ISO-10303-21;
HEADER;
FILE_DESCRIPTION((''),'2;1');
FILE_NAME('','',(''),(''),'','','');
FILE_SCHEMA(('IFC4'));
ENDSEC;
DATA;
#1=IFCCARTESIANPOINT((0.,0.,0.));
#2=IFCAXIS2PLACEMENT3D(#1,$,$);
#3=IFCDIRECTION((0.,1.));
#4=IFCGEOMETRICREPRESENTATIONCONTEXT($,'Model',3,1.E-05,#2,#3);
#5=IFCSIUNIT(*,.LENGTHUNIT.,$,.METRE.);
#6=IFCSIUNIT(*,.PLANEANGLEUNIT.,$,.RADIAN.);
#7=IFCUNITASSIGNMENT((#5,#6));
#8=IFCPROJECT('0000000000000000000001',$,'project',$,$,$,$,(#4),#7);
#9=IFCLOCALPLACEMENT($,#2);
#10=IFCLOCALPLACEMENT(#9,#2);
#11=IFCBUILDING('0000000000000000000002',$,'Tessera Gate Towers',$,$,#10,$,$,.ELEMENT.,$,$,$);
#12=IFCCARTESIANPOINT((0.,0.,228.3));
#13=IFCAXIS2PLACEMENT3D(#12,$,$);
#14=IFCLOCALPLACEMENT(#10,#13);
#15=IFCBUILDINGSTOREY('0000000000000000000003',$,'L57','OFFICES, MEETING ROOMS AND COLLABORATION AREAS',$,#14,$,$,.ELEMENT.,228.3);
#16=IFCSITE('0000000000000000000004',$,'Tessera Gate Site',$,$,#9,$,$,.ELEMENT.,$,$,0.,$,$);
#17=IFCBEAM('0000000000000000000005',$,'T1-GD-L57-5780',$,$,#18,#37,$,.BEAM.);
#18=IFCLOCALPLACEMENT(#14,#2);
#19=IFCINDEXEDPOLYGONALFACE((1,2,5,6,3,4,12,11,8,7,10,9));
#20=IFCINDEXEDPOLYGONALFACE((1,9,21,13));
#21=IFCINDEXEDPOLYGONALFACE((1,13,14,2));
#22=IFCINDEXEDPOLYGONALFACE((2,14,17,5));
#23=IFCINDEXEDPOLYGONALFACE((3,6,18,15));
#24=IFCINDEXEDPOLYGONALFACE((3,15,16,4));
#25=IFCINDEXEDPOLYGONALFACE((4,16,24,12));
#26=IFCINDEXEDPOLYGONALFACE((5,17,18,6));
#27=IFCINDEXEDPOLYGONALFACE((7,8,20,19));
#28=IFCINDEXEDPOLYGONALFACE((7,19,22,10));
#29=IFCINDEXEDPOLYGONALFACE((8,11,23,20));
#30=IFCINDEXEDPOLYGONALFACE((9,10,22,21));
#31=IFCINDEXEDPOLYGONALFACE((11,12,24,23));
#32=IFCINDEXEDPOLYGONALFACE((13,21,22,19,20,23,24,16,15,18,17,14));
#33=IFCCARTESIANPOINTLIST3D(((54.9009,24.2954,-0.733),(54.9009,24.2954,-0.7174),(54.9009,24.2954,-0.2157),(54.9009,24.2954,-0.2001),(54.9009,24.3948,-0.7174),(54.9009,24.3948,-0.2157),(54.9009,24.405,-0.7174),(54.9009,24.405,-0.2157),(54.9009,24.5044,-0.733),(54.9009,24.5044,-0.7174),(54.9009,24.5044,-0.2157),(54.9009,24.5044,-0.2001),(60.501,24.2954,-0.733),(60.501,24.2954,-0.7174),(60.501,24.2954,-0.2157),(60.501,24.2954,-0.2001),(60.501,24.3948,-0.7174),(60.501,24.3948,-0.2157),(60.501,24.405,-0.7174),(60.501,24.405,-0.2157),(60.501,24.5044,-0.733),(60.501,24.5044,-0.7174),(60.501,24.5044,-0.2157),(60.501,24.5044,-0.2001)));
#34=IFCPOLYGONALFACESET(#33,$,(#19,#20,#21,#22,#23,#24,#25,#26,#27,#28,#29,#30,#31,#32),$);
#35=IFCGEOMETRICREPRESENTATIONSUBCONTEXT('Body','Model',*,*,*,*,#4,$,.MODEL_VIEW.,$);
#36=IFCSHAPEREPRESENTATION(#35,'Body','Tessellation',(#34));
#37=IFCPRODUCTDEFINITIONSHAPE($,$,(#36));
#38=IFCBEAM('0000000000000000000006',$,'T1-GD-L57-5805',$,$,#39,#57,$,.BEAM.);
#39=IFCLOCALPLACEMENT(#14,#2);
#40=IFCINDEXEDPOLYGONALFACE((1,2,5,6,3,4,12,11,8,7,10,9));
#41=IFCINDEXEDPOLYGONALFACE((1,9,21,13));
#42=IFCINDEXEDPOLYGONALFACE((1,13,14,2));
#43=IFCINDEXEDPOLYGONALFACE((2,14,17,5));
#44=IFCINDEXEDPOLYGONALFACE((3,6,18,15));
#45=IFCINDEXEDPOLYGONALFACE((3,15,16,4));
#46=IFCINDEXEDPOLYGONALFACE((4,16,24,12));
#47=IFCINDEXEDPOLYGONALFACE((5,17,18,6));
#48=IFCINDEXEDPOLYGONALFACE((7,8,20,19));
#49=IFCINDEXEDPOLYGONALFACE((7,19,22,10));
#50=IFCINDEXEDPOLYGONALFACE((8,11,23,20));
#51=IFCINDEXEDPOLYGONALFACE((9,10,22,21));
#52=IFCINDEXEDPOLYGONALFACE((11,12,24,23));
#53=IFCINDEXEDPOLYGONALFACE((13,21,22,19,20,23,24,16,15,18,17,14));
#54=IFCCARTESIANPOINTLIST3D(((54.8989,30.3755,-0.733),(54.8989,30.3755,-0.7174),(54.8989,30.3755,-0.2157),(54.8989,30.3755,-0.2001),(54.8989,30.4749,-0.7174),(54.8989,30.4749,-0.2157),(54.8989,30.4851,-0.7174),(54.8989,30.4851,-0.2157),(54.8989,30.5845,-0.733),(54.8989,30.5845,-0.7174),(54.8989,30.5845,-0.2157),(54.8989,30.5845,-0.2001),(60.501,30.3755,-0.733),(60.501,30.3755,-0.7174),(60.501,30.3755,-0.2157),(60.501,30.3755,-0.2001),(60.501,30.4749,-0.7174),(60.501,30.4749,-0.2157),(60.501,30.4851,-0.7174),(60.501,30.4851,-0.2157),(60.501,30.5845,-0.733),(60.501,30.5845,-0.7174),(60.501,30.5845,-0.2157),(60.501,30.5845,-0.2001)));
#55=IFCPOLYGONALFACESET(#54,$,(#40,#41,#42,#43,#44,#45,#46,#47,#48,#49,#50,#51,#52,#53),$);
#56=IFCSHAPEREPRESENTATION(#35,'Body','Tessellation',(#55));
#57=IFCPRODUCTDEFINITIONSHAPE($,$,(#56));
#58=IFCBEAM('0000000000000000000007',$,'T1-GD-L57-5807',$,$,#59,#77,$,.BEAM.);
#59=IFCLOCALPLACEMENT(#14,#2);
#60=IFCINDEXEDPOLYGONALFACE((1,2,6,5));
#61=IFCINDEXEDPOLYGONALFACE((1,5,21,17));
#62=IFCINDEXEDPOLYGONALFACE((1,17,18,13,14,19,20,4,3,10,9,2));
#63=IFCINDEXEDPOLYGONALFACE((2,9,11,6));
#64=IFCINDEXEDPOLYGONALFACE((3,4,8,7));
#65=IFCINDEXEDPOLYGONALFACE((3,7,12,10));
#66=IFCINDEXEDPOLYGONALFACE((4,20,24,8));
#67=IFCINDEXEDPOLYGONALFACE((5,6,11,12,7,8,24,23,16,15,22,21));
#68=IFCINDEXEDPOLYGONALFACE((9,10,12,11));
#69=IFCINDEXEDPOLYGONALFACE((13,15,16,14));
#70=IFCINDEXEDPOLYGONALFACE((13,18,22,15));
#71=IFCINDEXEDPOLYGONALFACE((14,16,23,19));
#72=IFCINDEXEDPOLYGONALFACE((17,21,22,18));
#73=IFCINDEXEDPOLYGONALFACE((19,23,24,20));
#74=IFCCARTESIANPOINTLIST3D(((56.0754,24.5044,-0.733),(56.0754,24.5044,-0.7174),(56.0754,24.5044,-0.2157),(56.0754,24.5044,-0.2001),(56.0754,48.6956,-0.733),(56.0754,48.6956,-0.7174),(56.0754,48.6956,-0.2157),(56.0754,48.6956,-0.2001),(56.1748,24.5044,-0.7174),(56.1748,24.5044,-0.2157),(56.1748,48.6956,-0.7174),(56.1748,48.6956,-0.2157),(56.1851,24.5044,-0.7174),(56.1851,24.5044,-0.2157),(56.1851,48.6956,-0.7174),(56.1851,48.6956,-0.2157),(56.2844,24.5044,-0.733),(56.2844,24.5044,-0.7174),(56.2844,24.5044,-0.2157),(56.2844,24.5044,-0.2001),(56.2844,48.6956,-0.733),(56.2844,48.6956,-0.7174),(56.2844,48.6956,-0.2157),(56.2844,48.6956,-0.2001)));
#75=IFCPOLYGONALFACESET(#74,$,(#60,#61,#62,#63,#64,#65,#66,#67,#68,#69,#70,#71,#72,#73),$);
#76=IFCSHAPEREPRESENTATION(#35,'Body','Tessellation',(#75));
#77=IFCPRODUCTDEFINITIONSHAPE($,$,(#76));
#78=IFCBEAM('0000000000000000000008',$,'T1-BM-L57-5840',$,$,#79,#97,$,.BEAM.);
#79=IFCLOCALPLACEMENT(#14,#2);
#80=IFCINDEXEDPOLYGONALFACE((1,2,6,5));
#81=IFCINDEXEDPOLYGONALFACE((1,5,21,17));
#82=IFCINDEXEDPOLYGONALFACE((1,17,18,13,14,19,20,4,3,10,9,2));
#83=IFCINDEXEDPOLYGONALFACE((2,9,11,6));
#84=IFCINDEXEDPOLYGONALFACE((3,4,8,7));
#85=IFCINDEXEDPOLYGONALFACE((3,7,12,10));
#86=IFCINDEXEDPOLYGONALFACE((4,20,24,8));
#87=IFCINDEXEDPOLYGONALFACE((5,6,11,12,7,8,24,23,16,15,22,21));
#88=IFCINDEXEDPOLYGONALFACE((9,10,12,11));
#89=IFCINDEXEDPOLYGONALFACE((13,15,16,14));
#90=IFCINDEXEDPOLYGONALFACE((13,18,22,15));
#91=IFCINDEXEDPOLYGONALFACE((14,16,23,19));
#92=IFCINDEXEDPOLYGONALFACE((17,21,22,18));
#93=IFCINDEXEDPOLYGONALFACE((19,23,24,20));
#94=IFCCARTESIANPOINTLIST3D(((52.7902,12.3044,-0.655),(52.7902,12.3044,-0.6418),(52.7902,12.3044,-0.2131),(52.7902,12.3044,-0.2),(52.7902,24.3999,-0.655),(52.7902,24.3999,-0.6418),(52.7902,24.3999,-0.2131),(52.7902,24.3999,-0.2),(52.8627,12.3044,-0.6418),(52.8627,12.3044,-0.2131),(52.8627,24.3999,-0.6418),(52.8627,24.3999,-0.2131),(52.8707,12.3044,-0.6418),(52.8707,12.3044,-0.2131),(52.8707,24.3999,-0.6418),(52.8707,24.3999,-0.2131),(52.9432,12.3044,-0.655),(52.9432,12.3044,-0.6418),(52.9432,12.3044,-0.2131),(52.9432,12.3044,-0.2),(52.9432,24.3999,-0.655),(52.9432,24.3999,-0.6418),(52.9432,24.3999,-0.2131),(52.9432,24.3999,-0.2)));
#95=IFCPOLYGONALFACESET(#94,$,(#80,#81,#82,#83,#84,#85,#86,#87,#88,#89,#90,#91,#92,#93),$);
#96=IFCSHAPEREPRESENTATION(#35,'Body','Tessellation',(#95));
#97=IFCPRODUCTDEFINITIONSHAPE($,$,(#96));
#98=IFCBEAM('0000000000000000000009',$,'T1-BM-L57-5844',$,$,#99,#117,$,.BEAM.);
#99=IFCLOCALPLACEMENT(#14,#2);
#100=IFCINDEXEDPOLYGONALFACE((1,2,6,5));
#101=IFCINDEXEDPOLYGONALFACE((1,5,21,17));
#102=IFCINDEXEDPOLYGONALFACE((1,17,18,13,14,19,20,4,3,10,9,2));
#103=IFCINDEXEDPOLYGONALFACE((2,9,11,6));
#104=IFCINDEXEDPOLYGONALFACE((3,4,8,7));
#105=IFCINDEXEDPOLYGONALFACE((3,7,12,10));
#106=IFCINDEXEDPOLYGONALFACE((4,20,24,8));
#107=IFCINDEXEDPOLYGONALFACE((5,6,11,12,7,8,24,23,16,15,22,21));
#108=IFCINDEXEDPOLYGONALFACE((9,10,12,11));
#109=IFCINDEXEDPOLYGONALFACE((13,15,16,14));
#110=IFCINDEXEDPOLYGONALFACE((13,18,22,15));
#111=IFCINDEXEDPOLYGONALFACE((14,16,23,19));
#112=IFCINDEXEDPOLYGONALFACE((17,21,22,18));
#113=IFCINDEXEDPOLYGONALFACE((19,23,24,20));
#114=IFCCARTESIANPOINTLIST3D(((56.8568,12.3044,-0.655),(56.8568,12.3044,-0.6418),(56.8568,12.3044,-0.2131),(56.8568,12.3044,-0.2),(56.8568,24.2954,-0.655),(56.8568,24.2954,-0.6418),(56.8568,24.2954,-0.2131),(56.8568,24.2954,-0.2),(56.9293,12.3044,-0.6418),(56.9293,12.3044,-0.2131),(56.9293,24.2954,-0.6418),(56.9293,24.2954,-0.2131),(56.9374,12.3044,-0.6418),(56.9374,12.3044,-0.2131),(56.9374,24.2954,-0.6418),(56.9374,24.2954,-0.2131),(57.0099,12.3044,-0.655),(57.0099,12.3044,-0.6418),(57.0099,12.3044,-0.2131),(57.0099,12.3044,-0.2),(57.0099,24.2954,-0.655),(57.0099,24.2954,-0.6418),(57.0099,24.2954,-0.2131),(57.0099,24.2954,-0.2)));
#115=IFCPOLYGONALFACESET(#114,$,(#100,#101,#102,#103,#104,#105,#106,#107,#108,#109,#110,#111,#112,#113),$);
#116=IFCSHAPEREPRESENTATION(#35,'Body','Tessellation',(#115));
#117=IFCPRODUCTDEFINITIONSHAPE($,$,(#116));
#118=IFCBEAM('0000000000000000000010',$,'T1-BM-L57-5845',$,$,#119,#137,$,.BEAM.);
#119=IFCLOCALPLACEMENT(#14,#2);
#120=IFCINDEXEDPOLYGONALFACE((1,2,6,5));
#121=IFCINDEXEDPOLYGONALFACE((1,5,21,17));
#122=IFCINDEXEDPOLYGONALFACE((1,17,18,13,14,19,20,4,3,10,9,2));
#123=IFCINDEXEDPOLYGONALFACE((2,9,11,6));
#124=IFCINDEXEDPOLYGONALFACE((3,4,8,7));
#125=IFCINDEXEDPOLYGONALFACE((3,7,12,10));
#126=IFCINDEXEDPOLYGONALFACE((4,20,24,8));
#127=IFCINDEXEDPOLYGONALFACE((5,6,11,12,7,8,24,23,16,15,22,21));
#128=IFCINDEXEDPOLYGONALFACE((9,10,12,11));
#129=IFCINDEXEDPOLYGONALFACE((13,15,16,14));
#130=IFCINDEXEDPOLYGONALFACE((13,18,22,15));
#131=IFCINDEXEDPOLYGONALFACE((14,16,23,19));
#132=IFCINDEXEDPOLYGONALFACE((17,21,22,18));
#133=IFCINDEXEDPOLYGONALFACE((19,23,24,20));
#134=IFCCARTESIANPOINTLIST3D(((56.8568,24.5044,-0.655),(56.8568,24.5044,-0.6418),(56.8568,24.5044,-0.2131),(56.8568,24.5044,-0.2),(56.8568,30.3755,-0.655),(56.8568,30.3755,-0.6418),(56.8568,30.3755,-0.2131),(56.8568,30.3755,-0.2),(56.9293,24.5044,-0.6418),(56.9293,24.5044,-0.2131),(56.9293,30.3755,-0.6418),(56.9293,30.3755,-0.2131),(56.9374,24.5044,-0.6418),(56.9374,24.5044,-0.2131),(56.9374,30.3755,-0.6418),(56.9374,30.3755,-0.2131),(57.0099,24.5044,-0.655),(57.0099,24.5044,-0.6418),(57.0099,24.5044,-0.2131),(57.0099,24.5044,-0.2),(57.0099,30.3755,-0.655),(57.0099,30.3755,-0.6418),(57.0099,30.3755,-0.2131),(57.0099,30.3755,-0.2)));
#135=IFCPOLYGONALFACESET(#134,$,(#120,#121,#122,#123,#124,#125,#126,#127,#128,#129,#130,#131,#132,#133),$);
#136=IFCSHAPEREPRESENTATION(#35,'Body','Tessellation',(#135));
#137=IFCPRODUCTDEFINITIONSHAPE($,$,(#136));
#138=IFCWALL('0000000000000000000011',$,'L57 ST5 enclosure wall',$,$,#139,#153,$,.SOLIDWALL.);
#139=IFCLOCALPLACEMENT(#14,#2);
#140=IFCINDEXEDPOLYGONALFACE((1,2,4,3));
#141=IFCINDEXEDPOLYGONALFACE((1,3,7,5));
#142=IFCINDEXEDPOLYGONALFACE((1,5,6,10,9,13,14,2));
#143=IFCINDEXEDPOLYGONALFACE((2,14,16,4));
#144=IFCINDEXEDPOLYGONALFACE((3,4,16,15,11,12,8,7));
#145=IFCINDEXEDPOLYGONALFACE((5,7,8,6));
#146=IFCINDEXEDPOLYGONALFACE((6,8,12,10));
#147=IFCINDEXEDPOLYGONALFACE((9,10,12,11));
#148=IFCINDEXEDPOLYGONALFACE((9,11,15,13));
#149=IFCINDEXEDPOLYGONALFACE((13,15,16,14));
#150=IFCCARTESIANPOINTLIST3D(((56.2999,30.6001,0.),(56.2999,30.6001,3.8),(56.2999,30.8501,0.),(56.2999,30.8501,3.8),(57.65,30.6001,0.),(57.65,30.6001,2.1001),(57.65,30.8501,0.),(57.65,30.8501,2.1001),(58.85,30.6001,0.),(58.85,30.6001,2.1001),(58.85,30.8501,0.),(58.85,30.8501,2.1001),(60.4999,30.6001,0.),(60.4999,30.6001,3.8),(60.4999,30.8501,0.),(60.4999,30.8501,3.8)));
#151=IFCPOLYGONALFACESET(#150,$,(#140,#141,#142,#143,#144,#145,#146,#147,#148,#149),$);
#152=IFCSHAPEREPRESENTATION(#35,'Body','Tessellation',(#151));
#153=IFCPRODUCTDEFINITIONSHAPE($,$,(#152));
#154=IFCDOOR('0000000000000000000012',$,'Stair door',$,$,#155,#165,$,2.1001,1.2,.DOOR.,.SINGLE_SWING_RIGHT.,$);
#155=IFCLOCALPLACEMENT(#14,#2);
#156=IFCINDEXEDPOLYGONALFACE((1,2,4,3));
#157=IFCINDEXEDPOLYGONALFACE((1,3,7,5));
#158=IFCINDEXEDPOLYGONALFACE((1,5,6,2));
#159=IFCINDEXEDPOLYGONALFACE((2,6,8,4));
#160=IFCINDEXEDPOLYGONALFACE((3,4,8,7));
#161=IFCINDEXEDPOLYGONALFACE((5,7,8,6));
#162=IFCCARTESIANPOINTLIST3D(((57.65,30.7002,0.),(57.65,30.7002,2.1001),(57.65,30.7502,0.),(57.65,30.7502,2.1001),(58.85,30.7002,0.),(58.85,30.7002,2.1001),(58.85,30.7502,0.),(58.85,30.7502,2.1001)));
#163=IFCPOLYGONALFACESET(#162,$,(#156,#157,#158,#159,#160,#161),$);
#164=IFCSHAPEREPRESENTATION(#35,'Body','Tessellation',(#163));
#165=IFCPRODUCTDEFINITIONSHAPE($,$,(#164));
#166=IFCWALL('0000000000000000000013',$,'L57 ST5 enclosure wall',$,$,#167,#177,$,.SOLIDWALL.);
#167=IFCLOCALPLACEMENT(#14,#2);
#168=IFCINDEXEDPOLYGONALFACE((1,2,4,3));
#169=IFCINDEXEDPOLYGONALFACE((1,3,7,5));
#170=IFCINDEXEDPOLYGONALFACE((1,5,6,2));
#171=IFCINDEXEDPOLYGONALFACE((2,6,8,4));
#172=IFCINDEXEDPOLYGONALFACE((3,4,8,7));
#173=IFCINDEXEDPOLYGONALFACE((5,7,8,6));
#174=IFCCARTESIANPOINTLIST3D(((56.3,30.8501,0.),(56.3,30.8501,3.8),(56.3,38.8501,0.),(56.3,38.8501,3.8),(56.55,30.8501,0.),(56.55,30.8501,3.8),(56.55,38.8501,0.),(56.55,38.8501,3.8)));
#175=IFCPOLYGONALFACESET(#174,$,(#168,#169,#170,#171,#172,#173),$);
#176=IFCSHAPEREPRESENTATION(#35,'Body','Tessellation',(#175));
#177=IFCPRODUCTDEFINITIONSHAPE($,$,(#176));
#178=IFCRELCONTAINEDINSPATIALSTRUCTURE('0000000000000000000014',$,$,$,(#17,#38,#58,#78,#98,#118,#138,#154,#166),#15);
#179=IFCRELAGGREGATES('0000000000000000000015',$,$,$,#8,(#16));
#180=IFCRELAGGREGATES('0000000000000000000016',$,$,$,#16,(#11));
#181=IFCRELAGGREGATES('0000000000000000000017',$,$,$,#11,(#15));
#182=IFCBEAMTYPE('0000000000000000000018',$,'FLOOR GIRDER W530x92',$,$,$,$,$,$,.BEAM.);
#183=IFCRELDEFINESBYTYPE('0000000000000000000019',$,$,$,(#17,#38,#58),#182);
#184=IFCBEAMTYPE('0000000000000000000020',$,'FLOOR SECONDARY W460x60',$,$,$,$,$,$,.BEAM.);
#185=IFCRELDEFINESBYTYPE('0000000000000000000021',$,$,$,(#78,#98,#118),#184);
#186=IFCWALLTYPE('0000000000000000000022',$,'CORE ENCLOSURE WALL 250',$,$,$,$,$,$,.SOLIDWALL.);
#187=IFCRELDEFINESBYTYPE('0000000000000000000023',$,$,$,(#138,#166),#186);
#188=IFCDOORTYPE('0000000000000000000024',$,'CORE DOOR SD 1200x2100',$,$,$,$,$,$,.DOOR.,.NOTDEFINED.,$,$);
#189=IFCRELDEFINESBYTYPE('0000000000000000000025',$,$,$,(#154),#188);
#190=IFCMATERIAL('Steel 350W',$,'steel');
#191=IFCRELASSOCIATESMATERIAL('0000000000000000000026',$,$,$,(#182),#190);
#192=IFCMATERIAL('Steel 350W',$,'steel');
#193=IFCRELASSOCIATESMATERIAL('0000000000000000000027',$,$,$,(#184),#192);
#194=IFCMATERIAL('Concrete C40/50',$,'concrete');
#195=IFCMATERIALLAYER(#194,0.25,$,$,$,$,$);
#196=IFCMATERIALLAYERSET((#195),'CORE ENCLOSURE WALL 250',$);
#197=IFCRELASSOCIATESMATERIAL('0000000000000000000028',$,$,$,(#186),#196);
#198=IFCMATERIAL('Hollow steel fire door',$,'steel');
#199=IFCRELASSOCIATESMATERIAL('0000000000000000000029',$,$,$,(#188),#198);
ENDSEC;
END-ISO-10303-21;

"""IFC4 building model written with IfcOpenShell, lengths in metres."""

from ifc_helpers import new_model, si_unit, direction, frame, frame_2d, origin, origin_2d, place, context, subcontext, project, spatial, rectangle, i_section, extrude, source, transform, mapped, material, layer, layer_set, material_profile, profile_set, type_object, element, fill, save


model = new_model("IFC4")

# Units and contexts
model_context = context("Model", 3, precision=1e-05, world=origin(), true_north=direction((0.0, 1.0)))
body_context = subcontext(model_context, "Body", "Model", "MODEL_VIEW")
ifc_project = project(units=[si_unit("LENGTHUNIT", "METRE"), si_unit("PLANEANGLEUNIT", "RADIAN")], contexts=[model_context])

# Site, building, storey
site_placement = place(None, origin())
site = spatial("IfcSite", under=ifc_project, at=site_placement, Name="Tessera Gate Site", CompositionType="ELEMENT", RefElevation=0.0)
building_placement = place(site_placement, origin())
building = spatial("IfcBuilding", under=site, at=building_placement, Name="Tessera Gate Towers", CompositionType="ELEMENT")
storey_placement = place(building_placement, frame((0.0, 0.0, 228.3)))
storey = spatial("IfcBuildingStorey", under=building, at=storey_placement, Name="L57", Description="OFFICES, MEETING ROOMS AND COLLABORATION AREAS", CompositionType="ELEMENT", Elevation=228.3)

# Beams
ifc_material_1 = material(Name="Steel 350W", Category="steel")
ifc_material_profile_1 = material_profile(ifc_material_1, i_section(OverallWidth=0.209, OverallDepth=0.533, WebThickness=0.0103, FlangeThickness=0.0156, at=origin_2d()), Name="W530x92")
ifc_profile_set_1 = profile_set([ifc_material_profile_1], Name="Steel 350W")
beam_type_1 = type_object("IfcBeamType", Name="FLOOR GIRDER W530x92", PredefinedType="BEAM", material=ifc_profile_set_1)
beam_1_placement = place(storey_placement, frame((54.9009, 24.3999, -0.4666), z_axis=(1.0, 0.0, 0.0), x_axis=(0.0, 1.0, 0.0)))
element("IfcBeam", 1, at=beam_1_placement, inside=storey, type_object=beam_type_1, Name="T1-GD-L57-5780", PredefinedType="BEAM", context=body_context, shape_type="SweptSolid", body=[
    extrude(i_section(OverallWidth=0.209, OverallDepth=0.533, WebThickness=0.0103, FlangeThickness=0.0156, at=origin_2d()), origin(), (0.0, 0.0, 1.0), 5.6001),
])
beam_2_placement = place(storey_placement, frame((54.8989, 30.48, -0.4666), z_axis=(1.0, 0.0, 0.0), x_axis=(0.0, 1.0, 0.0)))
element("IfcBeam", 2, at=beam_2_placement, inside=storey, type_object=beam_type_1, Name="T1-GD-L57-5805", PredefinedType="BEAM", context=body_context, shape_type="SweptSolid", body=[
    extrude(i_section(OverallWidth=0.209, OverallDepth=0.533, WebThickness=0.0103, FlangeThickness=0.0156, at=origin_2d()), origin(), (0.0, 0.0, 1.0), 5.6021),
])
beam_3_placement = place(storey_placement, frame((56.1799, 24.5044, -0.4666), z_axis=(0.0, 1.0, 0.0), x_axis=(-1.0, 0.0, 0.0)))
element("IfcBeam", 3, at=beam_3_placement, inside=storey, type_object=beam_type_1, Name="T1-GD-L57-5807", PredefinedType="BEAM", context=body_context, shape_type="SweptSolid", body=[
    extrude(i_section(OverallWidth=0.209, OverallDepth=0.533, WebThickness=0.0103, FlangeThickness=0.0156, at=origin_2d()), origin(), (0.0, 0.0, 1.0), 24.1912),
])
ifc_material_2 = material(Name="Steel 350W", Category="steel")
ifc_material_profile_2 = material_profile(ifc_material_2, i_section(OverallWidth=0.1531, OverallDepth=0.4551, WebThickness=0.0081, FlangeThickness=0.0132, at=origin_2d()), Name="W460x60")
ifc_profile_set_2 = profile_set([ifc_material_profile_2], Name="Steel 350W")
beam_type_2 = type_object("IfcBeamType", Name="FLOOR SECONDARY W460x60", PredefinedType="BEAM", material=ifc_profile_set_2)
beam_4_placement = place(storey_placement, frame((52.8667, 12.3044, -0.4275), z_axis=(0.0, 1.0, 0.0), x_axis=(-1.0, 0.0, 0.0)))
element("IfcBeam", 4, at=beam_4_placement, inside=storey, type_object=beam_type_2, Name="T1-BM-L57-5840", PredefinedType="BEAM", context=body_context, shape_type="SweptSolid", body=[
    extrude(i_section(OverallWidth=0.1531, OverallDepth=0.4551, WebThickness=0.0081, FlangeThickness=0.0132, at=origin_2d()), origin(), (0.0, 0.0, 1.0), 12.0955),
])
beam_5_placement = place(storey_placement, frame((56.9333, 12.3044, -0.4275), z_axis=(0.0, 1.0, 0.0), x_axis=(-1.0, 0.0, 0.0)))
element("IfcBeam", 5, at=beam_5_placement, inside=storey, type_object=beam_type_2, Name="T1-BM-L57-5844", PredefinedType="BEAM", context=body_context, shape_type="SweptSolid", body=[
    extrude(i_section(OverallWidth=0.1531, OverallDepth=0.4551, WebThickness=0.0081, FlangeThickness=0.0132, at=origin_2d()), origin(), (0.0, 0.0, 1.0), 11.991),
])
beam_6_placement = place(storey_placement, frame((56.9333, 24.5044, -0.4275), z_axis=(0.0, 1.0, 0.0), x_axis=(-1.0, 0.0, 0.0)))
element("IfcBeam", 6, at=beam_6_placement, inside=storey, type_object=beam_type_2, Name="T1-BM-L57-5845", PredefinedType="BEAM", context=body_context, shape_type="SweptSolid", body=[
    extrude(i_section(OverallWidth=0.1531, OverallDepth=0.4551, WebThickness=0.0081, FlangeThickness=0.0132, at=origin_2d()), origin(), (0.0, 0.0, 1.0), 5.8711),
])

# Wall, opening, door
ifc_material_3 = material(Name="Concrete C40/50", Category="concrete")
ifc_layer_1 = layer(ifc_material_3, 0.25)
ifc_layer_set_1 = layer_set([ifc_layer_1], Name="CORE ENCLOSURE WALL 250")
wall_type_1 = type_object("IfcWallType", Name="CORE ENCLOSURE WALL 250", PredefinedType="SOLIDWALL", material=ifc_layer_set_1)
wall_1_placement = place(storey_placement, frame((60.5, 30.7251, 0.0), z_axis=(0.0, 0.0, 1.0), x_axis=(-1.0, 0.0, 0.0)))
wall_1 = element("IfcWall", 7, at=wall_1_placement, inside=storey, type_object=wall_type_1, Name="L57 ST5 enclosure wall", PredefinedType="SOLIDWALL", context=body_context, shape_type="SweptSolid", body=[
    extrude(rectangle(XDim=4.2, YDim=0.25, at=frame_2d((2.1001, 0.0))), origin(), (0.0, 0.0, 1.0), 3.8),
])
shared_shape_1 = source(origin(), body_context, "Body", "SweptSolid", [
    extrude(rectangle(XDim=1.2, YDim=2.1001, at=frame_2d((0.6001, 1.05))), frame((0.0, 0.135, 0.0), z_axis=(0.0, -1.0, 0.0), x_axis=(1.0, 0.0, 0.0)), (0.0, 0.0, 1.0), 0.27),
])
opening_1_placement = place(wall_1_placement, frame((1.6499, 0.0, 0.0)))
opening_1 = element("IfcOpeningElement", 8, at=opening_1_placement, cuts=wall_1, PredefinedType="OPENING", context=body_context, shape_type="MappedRepresentation", body=[
    mapped(shared_shape_1, transform((0.0, 0.0, 0.0), scale=1.0)),
])
ifc_material_4 = material(Name="Hollow steel fire door", Category="steel")
door_type_1 = type_object("IfcDoorType", Name="CORE DOOR SD 1200x2100", OperationType="NOTDEFINED", PredefinedType="DOOR", material=ifc_material_4)
shared_shape_2 = source(origin(), body_context, "Body", "SweptSolid", [
    extrude(rectangle(XDim=1.2, YDim=2.1001, at=frame_2d((0.6001, 1.05))), frame((0.0, 0.0249, 0.0), z_axis=(0.0, -1.0, 0.0), x_axis=(1.0, 0.0, 0.0)), (0.0, 0.0, 1.0), 0.05),
])
door_1_placement = place(opening_1_placement, origin())
door_1 = element("IfcDoor", 9, at=door_1_placement, inside=storey, type_object=door_type_1, Name="Stair door", OperationType="SINGLE_SWING_RIGHT", OverallHeight=2.1001, OverallWidth=1.2, PredefinedType="DOOR", context=body_context, shape_type="MappedRepresentation", body=[
    mapped(shared_shape_2, transform((0.0, 0.0, 0.0), scale=1.0)),
])
fill(opening_1, door_1)

# Wall
wall_2_placement = place(storey_placement, frame((56.425, 30.8501, 0.0), z_axis=(0.0, 0.0, 1.0), x_axis=(0.0, 1.0, 0.0)))
element("IfcWall", 10, at=wall_2_placement, inside=storey, type_object=wall_type_1, Name="L57 ST5 enclosure wall", PredefinedType="SOLIDWALL", context=body_context, shape_type="SweptSolid", body=[
    extrude(rectangle(XDim=8.0, YDim=0.25, at=frame_2d((4.0, 0.0))), origin(), (0.0, 0.0, 1.0), 3.8),
])

save(model, "model.ifc")
